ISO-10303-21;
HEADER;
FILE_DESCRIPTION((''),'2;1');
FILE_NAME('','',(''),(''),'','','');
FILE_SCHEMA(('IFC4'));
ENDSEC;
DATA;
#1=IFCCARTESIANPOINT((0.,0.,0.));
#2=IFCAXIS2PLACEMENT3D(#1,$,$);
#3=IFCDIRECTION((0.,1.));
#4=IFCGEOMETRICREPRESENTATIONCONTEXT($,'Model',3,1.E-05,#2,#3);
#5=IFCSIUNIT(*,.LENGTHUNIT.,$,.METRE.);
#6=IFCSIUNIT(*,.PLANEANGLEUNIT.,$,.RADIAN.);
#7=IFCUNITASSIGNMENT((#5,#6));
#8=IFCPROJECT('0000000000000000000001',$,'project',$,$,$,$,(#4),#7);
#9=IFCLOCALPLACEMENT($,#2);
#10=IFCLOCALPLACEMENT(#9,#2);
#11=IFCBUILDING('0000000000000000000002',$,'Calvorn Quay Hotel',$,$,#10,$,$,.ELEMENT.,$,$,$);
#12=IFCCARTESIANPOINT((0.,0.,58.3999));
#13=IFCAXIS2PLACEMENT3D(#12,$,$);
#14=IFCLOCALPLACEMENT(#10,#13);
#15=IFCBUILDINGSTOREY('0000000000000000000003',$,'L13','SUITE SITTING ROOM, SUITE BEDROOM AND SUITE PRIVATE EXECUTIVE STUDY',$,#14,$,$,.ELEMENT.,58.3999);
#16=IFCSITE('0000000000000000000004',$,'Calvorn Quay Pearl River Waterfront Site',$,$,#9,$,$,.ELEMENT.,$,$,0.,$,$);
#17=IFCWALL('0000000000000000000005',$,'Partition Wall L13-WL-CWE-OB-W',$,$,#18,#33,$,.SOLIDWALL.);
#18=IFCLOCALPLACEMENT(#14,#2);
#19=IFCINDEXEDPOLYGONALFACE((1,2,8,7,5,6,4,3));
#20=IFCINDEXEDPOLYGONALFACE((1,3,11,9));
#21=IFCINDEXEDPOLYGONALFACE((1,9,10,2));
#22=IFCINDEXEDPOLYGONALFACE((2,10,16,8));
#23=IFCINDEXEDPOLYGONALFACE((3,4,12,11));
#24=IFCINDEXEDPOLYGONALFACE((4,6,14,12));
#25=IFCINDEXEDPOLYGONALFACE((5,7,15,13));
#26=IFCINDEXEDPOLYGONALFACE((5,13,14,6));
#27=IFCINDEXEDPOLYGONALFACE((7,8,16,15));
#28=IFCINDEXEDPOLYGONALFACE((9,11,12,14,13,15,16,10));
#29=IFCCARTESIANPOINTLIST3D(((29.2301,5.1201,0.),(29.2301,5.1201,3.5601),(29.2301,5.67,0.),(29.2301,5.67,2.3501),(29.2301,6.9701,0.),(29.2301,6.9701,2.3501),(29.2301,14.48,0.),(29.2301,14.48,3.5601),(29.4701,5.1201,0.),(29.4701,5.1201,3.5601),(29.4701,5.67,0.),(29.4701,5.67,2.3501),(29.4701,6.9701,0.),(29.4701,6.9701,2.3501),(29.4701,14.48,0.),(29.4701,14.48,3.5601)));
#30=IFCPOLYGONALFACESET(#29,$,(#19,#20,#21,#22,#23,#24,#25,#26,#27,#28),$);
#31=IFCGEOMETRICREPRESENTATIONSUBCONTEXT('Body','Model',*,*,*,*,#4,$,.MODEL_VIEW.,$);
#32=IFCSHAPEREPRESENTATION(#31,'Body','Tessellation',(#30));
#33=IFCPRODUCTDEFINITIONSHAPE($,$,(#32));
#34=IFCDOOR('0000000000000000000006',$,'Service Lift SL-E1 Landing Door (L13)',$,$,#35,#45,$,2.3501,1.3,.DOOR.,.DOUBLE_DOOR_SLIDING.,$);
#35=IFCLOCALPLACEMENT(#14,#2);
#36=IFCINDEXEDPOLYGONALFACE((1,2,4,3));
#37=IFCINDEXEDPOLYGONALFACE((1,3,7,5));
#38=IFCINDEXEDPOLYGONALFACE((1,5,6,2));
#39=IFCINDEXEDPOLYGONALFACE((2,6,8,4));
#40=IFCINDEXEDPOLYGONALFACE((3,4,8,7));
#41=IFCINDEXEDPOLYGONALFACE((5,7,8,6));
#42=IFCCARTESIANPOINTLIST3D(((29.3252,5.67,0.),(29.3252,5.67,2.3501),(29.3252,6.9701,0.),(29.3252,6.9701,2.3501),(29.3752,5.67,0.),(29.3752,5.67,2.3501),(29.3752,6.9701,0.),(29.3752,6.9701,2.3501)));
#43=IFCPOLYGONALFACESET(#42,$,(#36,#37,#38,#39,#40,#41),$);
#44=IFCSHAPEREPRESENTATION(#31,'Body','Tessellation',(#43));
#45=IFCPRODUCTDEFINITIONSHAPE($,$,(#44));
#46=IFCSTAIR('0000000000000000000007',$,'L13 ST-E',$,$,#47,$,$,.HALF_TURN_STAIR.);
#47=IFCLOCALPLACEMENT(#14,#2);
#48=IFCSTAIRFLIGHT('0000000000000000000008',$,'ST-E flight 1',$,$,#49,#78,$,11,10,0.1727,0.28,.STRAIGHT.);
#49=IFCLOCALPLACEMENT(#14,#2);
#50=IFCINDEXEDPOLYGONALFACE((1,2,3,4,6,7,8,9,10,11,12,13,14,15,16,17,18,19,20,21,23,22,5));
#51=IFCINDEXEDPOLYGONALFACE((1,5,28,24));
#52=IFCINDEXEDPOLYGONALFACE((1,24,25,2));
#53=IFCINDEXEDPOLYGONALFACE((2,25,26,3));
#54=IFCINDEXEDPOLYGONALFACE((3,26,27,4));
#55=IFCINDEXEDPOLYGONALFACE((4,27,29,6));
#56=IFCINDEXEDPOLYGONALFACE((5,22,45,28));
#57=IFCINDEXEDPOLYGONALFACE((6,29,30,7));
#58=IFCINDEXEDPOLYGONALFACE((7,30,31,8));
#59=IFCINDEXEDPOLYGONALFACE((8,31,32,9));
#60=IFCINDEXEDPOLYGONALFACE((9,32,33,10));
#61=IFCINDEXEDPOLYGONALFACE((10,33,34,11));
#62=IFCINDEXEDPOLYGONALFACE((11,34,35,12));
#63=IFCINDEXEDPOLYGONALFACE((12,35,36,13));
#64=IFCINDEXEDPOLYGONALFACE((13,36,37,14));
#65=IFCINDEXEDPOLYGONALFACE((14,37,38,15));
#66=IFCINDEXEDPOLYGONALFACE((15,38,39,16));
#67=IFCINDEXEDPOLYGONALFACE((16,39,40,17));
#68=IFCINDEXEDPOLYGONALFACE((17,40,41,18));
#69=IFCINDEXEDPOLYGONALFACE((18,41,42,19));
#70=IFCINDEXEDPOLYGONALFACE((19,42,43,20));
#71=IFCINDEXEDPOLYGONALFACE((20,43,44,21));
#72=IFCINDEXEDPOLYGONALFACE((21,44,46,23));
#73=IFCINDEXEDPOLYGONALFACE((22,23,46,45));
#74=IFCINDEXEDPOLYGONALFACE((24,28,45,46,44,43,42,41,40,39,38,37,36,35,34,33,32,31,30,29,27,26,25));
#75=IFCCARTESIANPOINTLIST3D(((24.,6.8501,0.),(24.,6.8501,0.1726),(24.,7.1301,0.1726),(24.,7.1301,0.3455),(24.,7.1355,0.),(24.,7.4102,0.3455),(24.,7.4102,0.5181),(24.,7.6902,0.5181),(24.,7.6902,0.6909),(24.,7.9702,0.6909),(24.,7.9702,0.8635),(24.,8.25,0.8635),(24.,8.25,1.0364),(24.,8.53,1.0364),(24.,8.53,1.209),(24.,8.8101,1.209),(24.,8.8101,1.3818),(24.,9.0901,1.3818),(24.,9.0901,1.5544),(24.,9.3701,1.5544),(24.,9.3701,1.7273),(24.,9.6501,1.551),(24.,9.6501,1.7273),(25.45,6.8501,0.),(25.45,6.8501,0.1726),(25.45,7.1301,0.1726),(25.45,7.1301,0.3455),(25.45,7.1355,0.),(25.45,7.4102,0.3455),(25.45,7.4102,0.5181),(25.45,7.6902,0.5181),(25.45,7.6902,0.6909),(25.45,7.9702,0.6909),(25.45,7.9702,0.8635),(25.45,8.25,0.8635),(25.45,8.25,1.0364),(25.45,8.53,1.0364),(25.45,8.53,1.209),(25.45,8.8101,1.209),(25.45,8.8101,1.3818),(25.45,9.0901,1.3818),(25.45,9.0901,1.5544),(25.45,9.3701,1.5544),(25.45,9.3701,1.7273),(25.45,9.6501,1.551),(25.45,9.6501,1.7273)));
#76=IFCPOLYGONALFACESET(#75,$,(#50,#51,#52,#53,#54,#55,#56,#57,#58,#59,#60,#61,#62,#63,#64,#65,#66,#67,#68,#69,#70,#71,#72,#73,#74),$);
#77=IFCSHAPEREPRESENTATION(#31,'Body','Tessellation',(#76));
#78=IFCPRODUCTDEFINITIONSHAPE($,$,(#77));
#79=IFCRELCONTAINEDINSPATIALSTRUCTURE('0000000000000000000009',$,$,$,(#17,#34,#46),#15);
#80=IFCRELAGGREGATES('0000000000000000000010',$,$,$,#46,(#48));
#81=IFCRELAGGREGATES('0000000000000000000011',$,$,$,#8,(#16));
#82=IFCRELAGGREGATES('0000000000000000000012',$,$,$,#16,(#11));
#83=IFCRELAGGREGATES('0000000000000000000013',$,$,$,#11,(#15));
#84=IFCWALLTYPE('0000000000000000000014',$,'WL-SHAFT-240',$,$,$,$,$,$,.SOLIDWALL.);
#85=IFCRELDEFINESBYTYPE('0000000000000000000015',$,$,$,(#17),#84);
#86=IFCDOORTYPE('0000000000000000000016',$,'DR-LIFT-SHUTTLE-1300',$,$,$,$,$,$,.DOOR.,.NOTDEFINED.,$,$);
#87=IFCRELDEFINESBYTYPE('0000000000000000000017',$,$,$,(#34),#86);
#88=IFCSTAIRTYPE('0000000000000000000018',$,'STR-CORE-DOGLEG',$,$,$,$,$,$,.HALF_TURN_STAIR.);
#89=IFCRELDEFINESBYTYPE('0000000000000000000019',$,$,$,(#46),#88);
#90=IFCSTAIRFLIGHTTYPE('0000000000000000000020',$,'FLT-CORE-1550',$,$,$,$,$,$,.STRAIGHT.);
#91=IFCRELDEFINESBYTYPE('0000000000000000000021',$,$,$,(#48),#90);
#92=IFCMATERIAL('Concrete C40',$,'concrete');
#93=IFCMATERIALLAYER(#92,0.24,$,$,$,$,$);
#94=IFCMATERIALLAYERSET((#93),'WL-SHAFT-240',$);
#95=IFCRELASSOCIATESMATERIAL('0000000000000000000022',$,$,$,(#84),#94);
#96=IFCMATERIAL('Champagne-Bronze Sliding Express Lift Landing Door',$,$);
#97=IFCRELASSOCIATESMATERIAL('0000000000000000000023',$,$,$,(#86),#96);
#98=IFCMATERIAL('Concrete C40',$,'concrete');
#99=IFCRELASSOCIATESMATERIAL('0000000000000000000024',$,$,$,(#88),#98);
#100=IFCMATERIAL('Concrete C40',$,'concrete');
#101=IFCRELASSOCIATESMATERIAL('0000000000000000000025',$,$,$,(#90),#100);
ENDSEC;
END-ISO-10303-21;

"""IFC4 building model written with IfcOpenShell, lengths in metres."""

from ifc_helpers import new_model, si_unit, direction, frame, frame_2d, origin, place, context, subcontext, project, spatial, polyline, rectangle, outline, extrude, material, layer, layer_set, type_object, element, fill, aggregate, save


model = new_model("IFC4")

# Units and contexts
model_context = context("Model", 3, precision=1e-05, world=origin(), true_north=direction((0.0, 1.0)))
body_context = subcontext(model_context, "Body", "Model", "MODEL_VIEW")
ifc_project = project(units=[si_unit("LENGTHUNIT", "METRE"), si_unit("PLANEANGLEUNIT", "RADIAN")], contexts=[model_context])

# Site, building, storey
site_placement = place(None, origin())
site = spatial("IfcSite", under=ifc_project, at=site_placement, Name="Calvorn Quay Pearl River Waterfront Site", CompositionType="ELEMENT", RefElevation=0.0)
building_placement = place(site_placement, origin())
building = spatial("IfcBuilding", under=site, at=building_placement, Name="Calvorn Quay Hotel", CompositionType="ELEMENT")
storey_placement = place(building_placement, frame((0.0, 0.0, 58.3999)))
storey = spatial("IfcBuildingStorey", under=building, at=storey_placement, Name="L13", Description="SUITE SITTING ROOM, SUITE BEDROOM AND SUITE PRIVATE EXECUTIVE STUDY", CompositionType="ELEMENT", Elevation=58.3999)

# Shared definitions
ifc_material_1 = material(Name="Concrete C40", Category="concrete")
ifc_layer_1 = layer(ifc_material_1, 0.24)
ifc_layer_set_1 = layer_set([ifc_layer_1], Name="WL-SHAFT-240")
wall_type_1 = type_object("IfcWallType", Name="WL-SHAFT-240", PredefinedType="SOLIDWALL", material=ifc_layer_set_1)

# Shared definitions
ifc_material_2 = material(Name="Champagne-Bronze Sliding Express Lift Landing Door")
door_type_1 = type_object("IfcDoorType", Name="DR-LIFT-SHUTTLE-1300", OperationType="NOTDEFINED", PredefinedType="DOOR", material=ifc_material_2)

# Wall, opening, door
wall_1_placement = place(storey_placement, frame((29.3501, 5.1201, 0.0), z_axis=(0.0, 0.0, 1.0), x_axis=(0.0, 1.0, 0.0)))
wall_1 = element("IfcWall", 1, at=wall_1_placement, inside=storey, type_object=wall_type_1, Name="Partition Wall L13-WL-CWE-OB-W", PredefinedType="SOLIDWALL", context=body_context, shape_type="SweptSolid", body=[
    extrude(rectangle(XDim=9.3599, YDim=0.24, at=frame_2d((4.6799, 0.0))), origin(), (0.0, 0.0, 1.0), 3.5601),
])
opening_1_placement = place(wall_1_placement, frame((0.55, 0.0, 0.0)))
opening_1 = element("IfcOpeningElement", 2, at=opening_1_placement, cuts=wall_1, PredefinedType="OPENING", context=body_context, shape_type="SweptSolid", body=[
    extrude(rectangle(XDim=1.3, YDim=2.3501, at=frame_2d((0.6499, 1.175))), frame((0.0, 0.1299, 0.0), z_axis=(0.0, -1.0, 0.0), x_axis=(1.0, 0.0, 0.0)), (0.0, 0.0, 1.0), 0.26),
])
door_1_placement = place(opening_1_placement, origin())
door_1 = element("IfcDoor", 3, at=door_1_placement, inside=storey, type_object=door_type_1, Name="Service Lift SL-E1 Landing Door (L13)", OperationType="DOUBLE_DOOR_SLIDING", OverallHeight=2.3501, OverallWidth=1.3, PredefinedType="DOOR", context=body_context, shape_type="SweptSolid", body=[
    extrude(rectangle(XDim=1.3, YDim=2.3501, at=frame_2d((0.6499, 1.175))), frame((0.0, 0.0249, 0.0), z_axis=(0.0, -1.0, 0.0), x_axis=(1.0, 0.0, 0.0)), (0.0, 0.0, 1.0), 0.05),
])
fill(opening_1, door_1)

# Stair, stair flight
ifc_material_3 = material(Name="Concrete C40", Category="concrete")
stair_type = type_object("IfcStairType", Name="STR-CORE-DOGLEG", PredefinedType="HALF_TURN_STAIR", material=ifc_material_3)
stair_placement = place(storey_placement, origin())
stair = element("IfcStair", 4, at=stair_placement, inside=storey, type_object=stair_type, Name="L13 ST-E", PredefinedType="HALF_TURN_STAIR")
ifc_material_4 = material(Name="Concrete C40", Category="concrete")
stair_flight_type = type_object("IfcStairFlightType", Name="FLT-CORE-1550", PredefinedType="STRAIGHT", material=ifc_material_4)
stair_flight_placement = place(storey_placement, frame((24.7251, 6.8501, 0.0), z_axis=(0.0, 0.0, 1.0), x_axis=(0.0, 1.0, 0.0)))
stair_flight = element("IfcStairFlight", 5, at=stair_flight_placement, type_object=stair_flight_type, Name="ST-E flight 1", NumberOfRisers=11, NumberOfTreads=10, PredefinedType="STRAIGHT", RiserHeight=0.1727, TreadLength=0.28, context=body_context, shape_type="SweptSolid", body=[
    extrude(outline(polyline([(0.0, 0.0), (0.0, 0.1726), (0.28, 0.1726), (0.28, 0.3455), (0.5601, 0.3455), (0.5601, 0.5181), (0.8401, 0.5181), (0.8401, 0.6909), (1.1201, 0.6909), (1.1201, 0.8635), (1.3999, 0.8635), (1.3999, 1.0364), (1.6799, 1.0364), (1.6799, 1.209), (1.96, 1.209), (1.96, 1.3818), (2.24, 1.3818), (2.24, 1.5544), (2.52, 1.5544), (2.52, 1.7273), (2.8, 1.7273), (2.8, 1.8999), (2.8, 1.551), (0.2854, 0.0), (0.0, 0.0)])), frame((0.0, 0.7251, 0.0), z_axis=(0.0, -1.0, 0.0), x_axis=(1.0, 0.0, 0.0)), (0.0, 0.0, 1.0), 1.45),
])
aggregate(stair, [stair_flight])

save(model, "model.ifc")
